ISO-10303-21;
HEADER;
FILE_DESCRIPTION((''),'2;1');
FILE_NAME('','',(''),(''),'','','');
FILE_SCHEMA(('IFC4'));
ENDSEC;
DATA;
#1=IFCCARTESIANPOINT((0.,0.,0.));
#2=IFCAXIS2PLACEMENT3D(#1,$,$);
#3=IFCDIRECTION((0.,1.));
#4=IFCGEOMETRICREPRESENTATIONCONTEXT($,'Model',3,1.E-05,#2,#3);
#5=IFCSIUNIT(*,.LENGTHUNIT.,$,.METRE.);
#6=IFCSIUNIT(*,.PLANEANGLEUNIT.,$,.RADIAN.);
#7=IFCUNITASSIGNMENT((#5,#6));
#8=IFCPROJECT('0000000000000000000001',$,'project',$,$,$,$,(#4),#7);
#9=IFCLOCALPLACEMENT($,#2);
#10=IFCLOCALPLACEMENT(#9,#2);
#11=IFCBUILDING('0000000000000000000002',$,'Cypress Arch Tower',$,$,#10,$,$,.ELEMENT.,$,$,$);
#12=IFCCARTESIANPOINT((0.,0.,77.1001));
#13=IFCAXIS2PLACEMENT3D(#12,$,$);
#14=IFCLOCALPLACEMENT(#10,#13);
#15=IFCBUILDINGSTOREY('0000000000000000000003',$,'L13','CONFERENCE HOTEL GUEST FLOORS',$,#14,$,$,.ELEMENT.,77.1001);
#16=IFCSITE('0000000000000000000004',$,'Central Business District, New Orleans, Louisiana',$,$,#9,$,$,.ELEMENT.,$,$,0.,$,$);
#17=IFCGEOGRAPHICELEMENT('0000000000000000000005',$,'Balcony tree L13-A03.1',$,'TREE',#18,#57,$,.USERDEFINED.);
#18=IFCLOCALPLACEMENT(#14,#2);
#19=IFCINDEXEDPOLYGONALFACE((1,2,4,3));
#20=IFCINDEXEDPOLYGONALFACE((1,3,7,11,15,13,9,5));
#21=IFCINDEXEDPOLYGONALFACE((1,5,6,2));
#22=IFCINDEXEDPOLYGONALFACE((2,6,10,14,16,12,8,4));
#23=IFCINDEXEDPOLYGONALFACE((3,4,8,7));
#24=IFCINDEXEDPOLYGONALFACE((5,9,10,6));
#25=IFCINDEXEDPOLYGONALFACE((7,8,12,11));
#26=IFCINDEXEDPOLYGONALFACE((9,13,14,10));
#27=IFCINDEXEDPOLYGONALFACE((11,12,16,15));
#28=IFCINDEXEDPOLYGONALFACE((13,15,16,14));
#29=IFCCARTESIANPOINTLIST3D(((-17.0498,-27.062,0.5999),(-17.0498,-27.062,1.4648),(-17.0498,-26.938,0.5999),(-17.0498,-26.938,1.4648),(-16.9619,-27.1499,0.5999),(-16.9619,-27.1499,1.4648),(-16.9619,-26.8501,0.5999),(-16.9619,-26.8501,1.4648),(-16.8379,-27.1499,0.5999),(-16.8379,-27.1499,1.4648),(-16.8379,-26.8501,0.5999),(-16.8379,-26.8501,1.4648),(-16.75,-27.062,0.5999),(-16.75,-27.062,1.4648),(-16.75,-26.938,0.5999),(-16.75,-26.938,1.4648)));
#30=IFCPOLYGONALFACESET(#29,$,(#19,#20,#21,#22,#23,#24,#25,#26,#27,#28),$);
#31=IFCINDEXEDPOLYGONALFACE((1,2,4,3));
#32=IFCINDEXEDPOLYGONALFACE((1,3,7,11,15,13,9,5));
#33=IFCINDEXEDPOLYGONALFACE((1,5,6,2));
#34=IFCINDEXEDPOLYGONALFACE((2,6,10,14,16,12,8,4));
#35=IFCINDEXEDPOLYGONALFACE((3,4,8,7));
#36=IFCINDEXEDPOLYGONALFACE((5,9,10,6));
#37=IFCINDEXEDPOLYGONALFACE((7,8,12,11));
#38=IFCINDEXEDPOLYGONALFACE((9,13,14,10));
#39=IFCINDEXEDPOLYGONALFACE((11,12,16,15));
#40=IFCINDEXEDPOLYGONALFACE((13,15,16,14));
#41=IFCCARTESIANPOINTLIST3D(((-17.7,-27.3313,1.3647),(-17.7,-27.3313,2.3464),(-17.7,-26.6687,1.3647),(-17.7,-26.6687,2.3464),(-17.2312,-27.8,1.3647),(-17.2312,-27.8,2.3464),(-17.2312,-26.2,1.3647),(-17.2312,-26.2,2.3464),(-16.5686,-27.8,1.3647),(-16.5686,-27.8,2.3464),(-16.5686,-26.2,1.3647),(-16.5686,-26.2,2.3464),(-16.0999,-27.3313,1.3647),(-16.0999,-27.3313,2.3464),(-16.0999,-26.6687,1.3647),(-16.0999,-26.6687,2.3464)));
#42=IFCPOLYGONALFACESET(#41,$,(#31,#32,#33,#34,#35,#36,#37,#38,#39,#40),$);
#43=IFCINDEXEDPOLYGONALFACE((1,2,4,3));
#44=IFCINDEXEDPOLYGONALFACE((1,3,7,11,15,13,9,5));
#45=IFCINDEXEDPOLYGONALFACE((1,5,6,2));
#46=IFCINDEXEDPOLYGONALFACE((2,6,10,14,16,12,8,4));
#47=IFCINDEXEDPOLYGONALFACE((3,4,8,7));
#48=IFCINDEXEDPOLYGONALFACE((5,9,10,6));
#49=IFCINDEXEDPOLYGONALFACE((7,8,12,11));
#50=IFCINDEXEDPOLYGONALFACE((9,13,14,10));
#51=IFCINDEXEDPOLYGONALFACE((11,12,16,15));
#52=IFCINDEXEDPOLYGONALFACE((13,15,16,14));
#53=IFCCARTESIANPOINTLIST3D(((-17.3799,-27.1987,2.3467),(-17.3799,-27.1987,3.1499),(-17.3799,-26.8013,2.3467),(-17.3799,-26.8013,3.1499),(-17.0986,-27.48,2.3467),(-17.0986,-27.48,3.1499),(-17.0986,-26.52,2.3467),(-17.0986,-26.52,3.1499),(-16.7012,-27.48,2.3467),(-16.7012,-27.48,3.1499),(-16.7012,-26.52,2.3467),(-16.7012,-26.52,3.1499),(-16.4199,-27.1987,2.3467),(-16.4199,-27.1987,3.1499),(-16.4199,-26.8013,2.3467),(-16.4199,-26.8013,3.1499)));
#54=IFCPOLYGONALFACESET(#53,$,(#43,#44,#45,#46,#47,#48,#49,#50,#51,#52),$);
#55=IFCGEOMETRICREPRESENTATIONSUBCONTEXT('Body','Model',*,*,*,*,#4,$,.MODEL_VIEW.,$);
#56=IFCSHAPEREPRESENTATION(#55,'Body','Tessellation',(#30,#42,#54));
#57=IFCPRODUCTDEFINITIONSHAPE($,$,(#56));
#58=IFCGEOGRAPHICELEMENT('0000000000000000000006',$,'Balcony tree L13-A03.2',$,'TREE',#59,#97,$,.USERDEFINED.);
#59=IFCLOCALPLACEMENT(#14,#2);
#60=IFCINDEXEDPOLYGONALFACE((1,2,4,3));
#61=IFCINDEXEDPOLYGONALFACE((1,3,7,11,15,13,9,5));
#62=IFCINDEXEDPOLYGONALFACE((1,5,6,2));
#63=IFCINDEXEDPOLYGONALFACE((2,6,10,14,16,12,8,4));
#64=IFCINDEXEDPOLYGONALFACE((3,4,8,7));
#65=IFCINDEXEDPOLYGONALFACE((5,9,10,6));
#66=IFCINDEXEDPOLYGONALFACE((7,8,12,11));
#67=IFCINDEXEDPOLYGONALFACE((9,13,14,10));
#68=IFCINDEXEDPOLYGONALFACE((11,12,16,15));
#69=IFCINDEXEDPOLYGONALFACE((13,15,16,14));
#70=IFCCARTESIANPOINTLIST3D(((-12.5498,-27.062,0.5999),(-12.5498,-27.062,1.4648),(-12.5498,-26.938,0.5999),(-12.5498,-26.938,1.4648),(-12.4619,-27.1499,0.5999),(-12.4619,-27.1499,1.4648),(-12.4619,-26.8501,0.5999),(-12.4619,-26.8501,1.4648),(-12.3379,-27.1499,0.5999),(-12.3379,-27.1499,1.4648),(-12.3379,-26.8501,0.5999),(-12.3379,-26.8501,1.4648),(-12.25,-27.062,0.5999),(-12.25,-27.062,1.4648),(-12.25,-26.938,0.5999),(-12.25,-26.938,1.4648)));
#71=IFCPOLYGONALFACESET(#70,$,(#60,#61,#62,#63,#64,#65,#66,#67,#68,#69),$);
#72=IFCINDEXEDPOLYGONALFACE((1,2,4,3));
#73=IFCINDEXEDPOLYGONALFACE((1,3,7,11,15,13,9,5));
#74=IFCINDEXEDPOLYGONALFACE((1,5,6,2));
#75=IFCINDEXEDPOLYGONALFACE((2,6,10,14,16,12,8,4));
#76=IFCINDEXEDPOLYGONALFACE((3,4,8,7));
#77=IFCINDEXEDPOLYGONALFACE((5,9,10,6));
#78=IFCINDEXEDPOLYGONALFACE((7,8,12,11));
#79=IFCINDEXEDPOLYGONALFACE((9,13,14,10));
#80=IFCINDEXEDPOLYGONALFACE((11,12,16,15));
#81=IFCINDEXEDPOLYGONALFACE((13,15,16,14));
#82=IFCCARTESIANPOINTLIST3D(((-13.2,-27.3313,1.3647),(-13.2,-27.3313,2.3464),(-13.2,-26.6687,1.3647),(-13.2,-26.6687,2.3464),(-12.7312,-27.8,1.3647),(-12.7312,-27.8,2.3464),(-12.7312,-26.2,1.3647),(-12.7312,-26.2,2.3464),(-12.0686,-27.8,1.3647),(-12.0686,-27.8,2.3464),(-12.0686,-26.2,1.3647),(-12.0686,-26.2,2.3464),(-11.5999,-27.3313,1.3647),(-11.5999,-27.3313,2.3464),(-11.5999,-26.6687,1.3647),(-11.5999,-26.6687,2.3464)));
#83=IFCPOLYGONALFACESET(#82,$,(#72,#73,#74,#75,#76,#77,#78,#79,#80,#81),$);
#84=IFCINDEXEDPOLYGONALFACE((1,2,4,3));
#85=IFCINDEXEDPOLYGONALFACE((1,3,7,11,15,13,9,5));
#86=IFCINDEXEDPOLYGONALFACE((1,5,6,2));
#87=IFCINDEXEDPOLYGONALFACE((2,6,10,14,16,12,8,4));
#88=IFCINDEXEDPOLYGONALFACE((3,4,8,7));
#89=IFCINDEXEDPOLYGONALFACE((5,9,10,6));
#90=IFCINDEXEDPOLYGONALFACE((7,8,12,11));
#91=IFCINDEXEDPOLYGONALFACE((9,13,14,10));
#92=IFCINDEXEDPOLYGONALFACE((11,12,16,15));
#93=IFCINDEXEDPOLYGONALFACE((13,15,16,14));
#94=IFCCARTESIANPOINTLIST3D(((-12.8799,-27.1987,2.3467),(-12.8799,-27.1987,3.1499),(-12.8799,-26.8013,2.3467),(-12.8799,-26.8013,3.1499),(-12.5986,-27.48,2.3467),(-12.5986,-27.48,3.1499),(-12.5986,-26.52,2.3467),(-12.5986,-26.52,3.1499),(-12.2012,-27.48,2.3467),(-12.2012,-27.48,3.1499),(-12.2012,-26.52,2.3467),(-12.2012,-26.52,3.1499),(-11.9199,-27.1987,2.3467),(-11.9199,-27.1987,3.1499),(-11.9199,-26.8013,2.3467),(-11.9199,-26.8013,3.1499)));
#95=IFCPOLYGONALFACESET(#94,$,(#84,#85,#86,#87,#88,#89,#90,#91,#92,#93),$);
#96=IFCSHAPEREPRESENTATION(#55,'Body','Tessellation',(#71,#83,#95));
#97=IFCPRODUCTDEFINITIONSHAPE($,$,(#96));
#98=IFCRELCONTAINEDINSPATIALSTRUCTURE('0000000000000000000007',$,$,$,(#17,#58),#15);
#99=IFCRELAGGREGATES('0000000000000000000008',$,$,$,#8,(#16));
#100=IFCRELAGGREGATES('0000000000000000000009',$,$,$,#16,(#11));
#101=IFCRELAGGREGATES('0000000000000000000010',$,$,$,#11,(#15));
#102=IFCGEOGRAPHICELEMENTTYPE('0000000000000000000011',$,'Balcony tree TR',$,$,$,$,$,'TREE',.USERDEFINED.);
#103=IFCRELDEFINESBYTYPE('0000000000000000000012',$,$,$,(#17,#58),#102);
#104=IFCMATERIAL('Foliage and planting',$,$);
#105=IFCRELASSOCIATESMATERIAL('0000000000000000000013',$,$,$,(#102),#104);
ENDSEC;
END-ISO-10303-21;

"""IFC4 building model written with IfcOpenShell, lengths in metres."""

from ifc_helpers import new_model, si_unit, direction, frame, origin, place, context, subcontext, project, spatial, polyline, outline, extrude, material, type_object, element, save


model = new_model("IFC4")

# Units and contexts
model_context = context("Model", 3, precision=1e-05, world=origin(), true_north=direction((0.0, 1.0)))
body_context = subcontext(model_context, "Body", "Model", "MODEL_VIEW")
ifc_project = project(units=[si_unit("LENGTHUNIT", "METRE"), si_unit("PLANEANGLEUNIT", "RADIAN")], contexts=[model_context])

# Site, building, storey
site_placement = place(None, origin())
site = spatial("IfcSite", under=ifc_project, at=site_placement, Name="Central Business District, New Orleans, Louisiana", CompositionType="ELEMENT", RefElevation=0.0)
building_placement = place(site_placement, origin())
building = spatial("IfcBuilding", under=site, at=building_placement, Name="Cypress Arch Tower", CompositionType="ELEMENT")
storey_placement = place(building_placement, frame((0.0, 0.0, 77.1001)))
storey = spatial("IfcBuildingStorey", under=building, at=storey_placement, Name="L13", Description="CONFERENCE HOTEL GUEST FLOORS", CompositionType="ELEMENT", Elevation=77.1001)

# Geographic elements
ifc_material_1 = material(Name="Foliage and planting")
geographic_element_type = type_object("IfcGeographicElementType", Name="Balcony tree TR", ElementType="TREE", PredefinedType="USERDEFINED", material=ifc_material_1)
for number, where, z_axis, x_axis, name in (
    (1, (-16.8999, -27.0, 0.5999), (0.0, 0.0, 1.0), (1.0, 0.0, 0.0), "Balcony tree L13-A03.1"),
    (2, (-12.3999, -27.0, 0.5999), (0.0, 0.0, 1.0), (1.0, 0.0, 0.0), "Balcony tree L13-A03.2"),
):
    element("IfcGeographicElement", number, at=place(storey_placement, frame(where, z_axis=z_axis, x_axis=x_axis)), inside=storey, type_object=geographic_element_type, Name=name, ObjectType="TREE", PredefinedType="USERDEFINED", context=body_context, shape_type="SweptSolid", body=[
        extrude(outline(polyline([(0.1499, 0.062), (0.062, 0.1499), (-0.062, 0.1499), (-0.1499, 0.062), (-0.1499, -0.062), (-0.062, -0.1499), (0.062, -0.1499), (0.1499, -0.062), (0.1499, 0.062)])), origin(), (0.0, 0.0, 1.0), 0.865),
        extrude(outline(polyline([(0.8, 0.3313), (0.3313, 0.8), (-0.3313, 0.8), (-0.8, 0.3313), (-0.8, -0.3313), (-0.3313, -0.8), (0.3313, -0.8), (0.8, -0.3313), (0.8, 0.3313)])), frame((0.0, 0.0, 0.7649)), (0.0, 0.0, 1.0), 0.9817),
        extrude(outline(polyline([(0.48, 0.1987), (0.1987, 0.48), (-0.1987, 0.48), (-0.48, 0.1987), (-0.48, -0.1987), (-0.1987, -0.48), (0.1987, -0.48), (0.48, -0.1987), (0.48, 0.1987)])), frame((0.0, 0.0, 1.7468)), (0.0, 0.0, 1.0), 0.8032),
    ])

save(model, "model.ifc")
